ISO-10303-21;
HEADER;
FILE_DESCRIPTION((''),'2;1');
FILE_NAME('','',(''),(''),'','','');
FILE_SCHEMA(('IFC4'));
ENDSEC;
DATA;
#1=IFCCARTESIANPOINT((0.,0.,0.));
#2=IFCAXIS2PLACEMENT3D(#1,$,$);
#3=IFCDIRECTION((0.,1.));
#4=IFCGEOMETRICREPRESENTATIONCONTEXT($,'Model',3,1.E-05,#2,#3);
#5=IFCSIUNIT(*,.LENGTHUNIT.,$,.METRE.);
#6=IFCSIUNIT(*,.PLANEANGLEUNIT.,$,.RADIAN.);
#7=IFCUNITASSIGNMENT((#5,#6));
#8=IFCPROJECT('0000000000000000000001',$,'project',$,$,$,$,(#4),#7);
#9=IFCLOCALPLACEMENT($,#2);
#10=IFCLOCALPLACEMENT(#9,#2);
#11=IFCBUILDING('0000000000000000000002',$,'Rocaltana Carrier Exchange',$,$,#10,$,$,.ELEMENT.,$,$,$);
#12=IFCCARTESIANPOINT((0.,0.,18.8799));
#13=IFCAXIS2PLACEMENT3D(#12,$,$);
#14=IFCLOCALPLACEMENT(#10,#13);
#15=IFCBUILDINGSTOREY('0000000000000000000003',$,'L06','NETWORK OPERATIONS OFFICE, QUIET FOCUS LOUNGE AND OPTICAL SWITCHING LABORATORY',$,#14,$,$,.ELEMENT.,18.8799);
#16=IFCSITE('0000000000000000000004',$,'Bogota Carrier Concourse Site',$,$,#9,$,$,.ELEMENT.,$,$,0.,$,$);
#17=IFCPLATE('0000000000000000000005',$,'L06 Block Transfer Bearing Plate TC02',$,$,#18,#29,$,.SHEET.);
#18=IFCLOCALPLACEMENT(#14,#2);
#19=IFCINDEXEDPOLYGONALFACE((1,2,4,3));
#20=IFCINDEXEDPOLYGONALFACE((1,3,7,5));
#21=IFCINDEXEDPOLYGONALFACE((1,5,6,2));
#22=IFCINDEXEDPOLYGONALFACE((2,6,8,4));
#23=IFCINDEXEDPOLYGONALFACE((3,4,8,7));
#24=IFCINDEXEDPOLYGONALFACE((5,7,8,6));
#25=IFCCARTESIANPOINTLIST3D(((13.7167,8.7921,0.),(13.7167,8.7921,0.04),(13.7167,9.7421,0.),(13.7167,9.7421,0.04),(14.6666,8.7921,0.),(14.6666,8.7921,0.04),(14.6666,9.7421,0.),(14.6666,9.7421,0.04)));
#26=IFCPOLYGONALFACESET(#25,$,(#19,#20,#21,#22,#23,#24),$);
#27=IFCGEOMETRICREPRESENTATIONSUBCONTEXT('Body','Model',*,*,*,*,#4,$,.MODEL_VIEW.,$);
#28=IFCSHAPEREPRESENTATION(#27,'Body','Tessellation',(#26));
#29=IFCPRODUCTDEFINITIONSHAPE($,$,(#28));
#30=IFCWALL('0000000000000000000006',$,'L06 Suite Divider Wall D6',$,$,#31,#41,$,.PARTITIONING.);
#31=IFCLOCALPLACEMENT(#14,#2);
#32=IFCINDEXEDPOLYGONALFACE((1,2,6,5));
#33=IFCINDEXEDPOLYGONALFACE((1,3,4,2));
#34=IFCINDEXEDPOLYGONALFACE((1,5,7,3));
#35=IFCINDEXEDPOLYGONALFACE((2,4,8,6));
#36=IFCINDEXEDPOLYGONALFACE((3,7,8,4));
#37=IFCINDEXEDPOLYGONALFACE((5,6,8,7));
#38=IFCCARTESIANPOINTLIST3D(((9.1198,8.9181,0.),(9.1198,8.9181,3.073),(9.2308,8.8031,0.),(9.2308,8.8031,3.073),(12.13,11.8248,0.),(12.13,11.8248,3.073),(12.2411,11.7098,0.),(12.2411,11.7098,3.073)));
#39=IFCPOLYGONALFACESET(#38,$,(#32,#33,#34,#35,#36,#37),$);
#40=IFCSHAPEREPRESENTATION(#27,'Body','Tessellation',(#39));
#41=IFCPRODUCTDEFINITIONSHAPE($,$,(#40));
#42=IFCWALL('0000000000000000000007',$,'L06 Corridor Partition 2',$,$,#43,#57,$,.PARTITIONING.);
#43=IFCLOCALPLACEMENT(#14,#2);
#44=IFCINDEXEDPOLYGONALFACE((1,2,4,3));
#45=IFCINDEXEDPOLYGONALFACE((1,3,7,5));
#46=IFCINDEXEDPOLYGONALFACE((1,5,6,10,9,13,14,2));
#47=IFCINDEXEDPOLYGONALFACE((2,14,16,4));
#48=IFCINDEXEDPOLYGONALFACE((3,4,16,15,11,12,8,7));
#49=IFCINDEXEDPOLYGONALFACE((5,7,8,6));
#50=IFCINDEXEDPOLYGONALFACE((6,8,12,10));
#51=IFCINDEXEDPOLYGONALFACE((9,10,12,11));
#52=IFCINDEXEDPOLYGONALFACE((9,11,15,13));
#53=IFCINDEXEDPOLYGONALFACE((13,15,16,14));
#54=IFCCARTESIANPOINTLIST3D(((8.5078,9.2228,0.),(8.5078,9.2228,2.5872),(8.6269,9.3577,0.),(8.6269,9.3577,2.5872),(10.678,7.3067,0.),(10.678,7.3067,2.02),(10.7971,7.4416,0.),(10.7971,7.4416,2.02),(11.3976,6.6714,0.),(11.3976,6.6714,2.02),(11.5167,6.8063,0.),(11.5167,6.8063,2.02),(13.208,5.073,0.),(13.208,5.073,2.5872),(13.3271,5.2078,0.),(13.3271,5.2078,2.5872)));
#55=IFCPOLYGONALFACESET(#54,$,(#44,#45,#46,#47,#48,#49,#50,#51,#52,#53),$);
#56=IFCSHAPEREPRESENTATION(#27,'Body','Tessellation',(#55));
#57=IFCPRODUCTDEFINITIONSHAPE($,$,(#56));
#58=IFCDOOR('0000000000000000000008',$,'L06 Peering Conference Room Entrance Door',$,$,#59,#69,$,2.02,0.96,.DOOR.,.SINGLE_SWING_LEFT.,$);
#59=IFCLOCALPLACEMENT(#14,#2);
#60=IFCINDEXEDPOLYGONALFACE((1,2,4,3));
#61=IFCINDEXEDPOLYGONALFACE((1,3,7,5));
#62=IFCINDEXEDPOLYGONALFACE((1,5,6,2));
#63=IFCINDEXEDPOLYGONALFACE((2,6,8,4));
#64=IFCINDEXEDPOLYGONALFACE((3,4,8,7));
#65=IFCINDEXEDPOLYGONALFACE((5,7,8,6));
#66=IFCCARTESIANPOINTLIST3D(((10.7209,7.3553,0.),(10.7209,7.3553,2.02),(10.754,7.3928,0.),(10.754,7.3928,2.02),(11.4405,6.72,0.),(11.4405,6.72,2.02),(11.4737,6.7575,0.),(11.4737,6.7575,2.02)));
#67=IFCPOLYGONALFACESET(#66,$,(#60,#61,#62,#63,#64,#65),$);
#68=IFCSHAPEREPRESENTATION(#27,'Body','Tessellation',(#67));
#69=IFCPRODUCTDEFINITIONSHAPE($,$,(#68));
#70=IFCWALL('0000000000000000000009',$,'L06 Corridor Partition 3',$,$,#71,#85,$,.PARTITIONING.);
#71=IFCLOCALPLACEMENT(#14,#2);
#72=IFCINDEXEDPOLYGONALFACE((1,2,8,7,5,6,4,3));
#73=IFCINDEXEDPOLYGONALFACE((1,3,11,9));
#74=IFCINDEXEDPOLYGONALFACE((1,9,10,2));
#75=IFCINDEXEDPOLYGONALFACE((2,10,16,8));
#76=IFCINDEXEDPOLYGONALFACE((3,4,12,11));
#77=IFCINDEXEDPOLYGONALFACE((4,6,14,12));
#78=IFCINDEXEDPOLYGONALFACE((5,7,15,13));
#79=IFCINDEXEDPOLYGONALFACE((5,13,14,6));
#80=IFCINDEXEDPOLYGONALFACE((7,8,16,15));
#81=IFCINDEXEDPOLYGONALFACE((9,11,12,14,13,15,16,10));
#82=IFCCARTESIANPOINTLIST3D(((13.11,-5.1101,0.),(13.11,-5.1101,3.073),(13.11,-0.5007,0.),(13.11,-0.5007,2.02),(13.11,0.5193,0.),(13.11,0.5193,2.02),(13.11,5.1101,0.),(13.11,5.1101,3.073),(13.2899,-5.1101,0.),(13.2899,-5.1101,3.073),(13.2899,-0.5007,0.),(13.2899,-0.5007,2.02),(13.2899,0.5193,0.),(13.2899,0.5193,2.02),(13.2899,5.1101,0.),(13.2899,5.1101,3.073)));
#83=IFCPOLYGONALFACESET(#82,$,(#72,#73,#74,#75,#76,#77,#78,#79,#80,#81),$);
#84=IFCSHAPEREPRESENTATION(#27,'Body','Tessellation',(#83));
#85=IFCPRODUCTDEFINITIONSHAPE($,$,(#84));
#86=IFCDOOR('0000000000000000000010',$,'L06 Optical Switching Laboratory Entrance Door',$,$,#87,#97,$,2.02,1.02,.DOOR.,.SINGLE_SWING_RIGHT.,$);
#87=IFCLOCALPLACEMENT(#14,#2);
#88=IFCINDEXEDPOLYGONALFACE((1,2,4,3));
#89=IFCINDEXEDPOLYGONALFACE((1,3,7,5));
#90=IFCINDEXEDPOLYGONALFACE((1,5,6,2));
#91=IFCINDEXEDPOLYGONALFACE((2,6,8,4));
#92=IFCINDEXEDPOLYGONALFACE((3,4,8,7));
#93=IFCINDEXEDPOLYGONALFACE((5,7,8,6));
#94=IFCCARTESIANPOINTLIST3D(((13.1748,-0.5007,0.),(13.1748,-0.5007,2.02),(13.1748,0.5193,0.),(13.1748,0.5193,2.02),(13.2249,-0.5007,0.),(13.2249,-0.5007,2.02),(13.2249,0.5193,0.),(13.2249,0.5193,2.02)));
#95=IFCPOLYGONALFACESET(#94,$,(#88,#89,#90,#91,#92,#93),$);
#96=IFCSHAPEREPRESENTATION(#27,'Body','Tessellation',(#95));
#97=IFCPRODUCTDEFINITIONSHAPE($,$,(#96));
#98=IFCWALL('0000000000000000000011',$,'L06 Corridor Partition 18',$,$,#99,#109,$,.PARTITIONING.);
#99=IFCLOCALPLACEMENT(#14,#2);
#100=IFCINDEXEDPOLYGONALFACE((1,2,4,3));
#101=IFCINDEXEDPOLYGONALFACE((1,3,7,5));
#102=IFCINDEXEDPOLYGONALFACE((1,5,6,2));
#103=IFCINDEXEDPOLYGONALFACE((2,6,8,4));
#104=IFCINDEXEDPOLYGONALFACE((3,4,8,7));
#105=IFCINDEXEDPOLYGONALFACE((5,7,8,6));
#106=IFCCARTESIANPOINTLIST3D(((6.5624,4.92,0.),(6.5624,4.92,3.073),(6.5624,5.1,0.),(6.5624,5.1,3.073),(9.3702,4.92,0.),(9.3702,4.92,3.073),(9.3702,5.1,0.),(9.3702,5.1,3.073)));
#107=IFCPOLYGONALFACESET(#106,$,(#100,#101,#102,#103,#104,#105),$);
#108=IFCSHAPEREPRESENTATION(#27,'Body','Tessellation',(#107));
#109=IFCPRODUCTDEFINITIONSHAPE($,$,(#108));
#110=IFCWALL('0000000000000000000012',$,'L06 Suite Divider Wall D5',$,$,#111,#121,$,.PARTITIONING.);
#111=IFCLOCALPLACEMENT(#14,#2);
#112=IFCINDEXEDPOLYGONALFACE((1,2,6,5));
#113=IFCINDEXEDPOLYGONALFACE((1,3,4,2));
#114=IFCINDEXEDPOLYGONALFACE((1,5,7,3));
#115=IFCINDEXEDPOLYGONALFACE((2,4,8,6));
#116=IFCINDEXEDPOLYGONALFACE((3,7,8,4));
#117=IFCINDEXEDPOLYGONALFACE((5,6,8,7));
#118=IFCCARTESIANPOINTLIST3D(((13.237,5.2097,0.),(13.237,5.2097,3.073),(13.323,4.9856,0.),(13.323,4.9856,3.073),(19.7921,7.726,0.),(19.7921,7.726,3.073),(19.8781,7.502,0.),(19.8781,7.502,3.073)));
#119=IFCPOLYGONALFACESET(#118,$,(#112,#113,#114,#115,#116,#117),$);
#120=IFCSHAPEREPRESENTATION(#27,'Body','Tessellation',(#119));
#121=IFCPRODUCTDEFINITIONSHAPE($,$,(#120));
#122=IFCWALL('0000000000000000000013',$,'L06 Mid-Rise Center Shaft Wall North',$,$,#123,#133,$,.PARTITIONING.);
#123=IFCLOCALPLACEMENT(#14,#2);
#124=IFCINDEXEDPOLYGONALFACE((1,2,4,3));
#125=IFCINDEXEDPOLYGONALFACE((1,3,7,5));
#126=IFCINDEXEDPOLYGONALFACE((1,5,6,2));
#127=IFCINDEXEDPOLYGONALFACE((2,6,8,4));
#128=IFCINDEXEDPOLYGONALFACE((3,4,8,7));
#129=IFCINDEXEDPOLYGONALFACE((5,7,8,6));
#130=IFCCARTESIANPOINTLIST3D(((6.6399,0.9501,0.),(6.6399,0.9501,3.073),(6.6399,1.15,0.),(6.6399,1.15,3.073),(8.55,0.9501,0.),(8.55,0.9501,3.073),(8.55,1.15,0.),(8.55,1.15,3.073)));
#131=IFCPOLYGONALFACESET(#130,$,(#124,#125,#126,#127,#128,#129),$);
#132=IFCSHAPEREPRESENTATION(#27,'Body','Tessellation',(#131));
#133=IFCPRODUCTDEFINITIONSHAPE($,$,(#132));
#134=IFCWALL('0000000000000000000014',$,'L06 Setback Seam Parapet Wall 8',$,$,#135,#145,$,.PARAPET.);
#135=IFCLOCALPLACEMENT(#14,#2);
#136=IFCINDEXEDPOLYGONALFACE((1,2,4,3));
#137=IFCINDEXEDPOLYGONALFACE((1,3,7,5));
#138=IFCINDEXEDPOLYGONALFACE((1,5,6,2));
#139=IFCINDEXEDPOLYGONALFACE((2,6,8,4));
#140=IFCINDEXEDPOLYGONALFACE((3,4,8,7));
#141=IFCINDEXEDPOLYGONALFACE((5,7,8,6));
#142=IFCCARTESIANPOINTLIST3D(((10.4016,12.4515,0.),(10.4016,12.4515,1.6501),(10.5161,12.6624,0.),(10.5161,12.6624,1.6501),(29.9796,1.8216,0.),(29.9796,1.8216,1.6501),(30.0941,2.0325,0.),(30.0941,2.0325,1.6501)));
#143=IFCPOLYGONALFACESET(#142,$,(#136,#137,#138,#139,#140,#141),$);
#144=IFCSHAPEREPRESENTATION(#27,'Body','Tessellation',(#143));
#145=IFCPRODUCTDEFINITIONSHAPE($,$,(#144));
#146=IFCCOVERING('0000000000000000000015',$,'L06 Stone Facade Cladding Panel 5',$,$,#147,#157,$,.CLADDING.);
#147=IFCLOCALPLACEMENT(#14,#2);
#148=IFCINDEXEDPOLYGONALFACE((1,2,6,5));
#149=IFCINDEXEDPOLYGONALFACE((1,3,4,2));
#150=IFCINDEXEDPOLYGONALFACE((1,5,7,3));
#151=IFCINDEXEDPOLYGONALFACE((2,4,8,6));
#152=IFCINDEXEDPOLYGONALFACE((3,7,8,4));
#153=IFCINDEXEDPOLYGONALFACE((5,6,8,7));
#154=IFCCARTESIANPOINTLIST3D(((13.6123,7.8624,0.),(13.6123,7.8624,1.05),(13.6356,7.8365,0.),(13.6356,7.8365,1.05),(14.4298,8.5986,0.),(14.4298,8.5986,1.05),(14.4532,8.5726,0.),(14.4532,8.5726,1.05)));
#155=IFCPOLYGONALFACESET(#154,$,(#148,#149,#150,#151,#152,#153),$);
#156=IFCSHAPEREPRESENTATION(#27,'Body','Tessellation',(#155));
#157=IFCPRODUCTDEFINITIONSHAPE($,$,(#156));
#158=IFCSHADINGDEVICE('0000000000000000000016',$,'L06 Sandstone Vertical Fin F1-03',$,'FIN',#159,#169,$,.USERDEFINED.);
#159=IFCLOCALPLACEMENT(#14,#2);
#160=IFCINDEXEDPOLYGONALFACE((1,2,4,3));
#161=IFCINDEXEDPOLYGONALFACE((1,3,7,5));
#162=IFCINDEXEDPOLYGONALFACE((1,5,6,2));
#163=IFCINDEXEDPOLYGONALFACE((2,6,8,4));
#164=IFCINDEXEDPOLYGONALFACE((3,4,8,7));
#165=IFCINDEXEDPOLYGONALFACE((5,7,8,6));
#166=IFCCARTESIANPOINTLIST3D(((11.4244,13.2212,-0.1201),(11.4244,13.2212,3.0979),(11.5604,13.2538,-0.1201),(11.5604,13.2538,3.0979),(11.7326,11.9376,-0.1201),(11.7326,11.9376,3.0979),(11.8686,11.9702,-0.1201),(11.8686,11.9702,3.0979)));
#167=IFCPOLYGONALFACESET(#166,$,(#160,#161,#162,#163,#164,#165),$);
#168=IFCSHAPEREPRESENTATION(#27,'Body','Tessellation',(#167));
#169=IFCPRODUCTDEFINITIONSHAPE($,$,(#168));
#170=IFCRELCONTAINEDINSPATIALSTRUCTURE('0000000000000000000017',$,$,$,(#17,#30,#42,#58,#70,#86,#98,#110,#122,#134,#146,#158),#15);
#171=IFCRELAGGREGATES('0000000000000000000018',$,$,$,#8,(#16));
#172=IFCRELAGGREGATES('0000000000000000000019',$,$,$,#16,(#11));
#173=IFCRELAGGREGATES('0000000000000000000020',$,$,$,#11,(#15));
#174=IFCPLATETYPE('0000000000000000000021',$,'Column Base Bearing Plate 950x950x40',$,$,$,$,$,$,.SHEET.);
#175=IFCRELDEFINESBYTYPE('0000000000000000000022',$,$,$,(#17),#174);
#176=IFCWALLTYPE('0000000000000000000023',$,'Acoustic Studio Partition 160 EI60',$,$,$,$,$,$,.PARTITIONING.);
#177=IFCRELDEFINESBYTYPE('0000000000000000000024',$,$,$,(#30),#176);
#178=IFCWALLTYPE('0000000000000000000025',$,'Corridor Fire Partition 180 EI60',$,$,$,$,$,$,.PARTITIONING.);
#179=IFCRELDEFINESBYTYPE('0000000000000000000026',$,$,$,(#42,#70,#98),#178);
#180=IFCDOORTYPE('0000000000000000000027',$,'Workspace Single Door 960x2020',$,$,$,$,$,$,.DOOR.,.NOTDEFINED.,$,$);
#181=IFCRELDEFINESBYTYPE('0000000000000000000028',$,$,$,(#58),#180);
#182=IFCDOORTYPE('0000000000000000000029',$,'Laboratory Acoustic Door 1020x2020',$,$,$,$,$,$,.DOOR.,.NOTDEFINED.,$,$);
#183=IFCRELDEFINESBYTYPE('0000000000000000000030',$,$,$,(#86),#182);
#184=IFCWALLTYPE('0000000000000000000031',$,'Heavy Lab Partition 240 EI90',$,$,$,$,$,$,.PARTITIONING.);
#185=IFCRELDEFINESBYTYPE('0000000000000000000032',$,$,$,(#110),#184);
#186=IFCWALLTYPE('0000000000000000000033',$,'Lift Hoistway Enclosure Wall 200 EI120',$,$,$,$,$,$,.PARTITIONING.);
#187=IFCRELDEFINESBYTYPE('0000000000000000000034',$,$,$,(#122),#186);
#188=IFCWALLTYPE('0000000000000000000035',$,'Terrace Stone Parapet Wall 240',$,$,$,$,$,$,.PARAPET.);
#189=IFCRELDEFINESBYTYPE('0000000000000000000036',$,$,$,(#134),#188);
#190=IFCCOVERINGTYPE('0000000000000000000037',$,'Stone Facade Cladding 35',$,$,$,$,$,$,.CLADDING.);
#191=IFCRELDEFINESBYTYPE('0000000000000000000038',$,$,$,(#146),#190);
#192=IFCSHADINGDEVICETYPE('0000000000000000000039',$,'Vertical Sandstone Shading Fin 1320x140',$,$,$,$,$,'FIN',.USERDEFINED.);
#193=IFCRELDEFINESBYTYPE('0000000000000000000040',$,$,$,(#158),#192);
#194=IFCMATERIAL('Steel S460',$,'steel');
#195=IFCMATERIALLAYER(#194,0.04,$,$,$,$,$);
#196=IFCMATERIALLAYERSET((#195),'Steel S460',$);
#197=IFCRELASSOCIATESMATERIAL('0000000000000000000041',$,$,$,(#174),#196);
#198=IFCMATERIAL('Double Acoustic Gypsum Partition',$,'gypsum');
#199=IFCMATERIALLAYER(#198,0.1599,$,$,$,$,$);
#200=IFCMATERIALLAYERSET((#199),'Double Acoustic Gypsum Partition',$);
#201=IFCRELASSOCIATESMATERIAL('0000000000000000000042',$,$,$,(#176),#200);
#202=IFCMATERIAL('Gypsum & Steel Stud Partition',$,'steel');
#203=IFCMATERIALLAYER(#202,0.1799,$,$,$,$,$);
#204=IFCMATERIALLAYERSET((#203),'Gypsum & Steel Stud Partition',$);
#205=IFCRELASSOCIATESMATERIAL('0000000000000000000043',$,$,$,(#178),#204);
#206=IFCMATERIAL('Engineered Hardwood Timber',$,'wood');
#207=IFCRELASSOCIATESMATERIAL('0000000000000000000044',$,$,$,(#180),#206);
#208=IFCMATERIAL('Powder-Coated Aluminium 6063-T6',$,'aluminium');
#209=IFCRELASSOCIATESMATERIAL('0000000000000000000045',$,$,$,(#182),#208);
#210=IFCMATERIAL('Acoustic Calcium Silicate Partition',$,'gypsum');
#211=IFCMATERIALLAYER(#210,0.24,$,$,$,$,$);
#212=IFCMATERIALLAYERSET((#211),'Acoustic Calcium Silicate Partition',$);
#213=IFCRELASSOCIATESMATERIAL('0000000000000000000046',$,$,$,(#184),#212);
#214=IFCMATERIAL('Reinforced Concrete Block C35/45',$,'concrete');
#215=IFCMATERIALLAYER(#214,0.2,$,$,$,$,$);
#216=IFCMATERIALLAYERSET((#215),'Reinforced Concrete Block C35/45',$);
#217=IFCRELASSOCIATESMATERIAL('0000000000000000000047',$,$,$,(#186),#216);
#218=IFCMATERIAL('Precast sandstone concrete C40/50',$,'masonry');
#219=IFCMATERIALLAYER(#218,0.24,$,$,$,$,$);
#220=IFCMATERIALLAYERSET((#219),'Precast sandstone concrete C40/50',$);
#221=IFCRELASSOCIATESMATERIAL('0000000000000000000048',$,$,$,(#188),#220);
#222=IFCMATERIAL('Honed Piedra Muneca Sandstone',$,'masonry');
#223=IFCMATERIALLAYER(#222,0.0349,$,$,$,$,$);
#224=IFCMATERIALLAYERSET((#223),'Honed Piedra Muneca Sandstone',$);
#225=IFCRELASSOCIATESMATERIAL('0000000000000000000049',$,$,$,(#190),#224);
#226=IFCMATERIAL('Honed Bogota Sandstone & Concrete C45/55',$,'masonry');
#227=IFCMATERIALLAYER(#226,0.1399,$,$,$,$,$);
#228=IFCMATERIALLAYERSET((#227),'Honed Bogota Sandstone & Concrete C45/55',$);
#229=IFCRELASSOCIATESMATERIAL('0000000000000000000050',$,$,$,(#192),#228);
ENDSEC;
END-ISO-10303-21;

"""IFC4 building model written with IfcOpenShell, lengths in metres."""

from ifc_helpers import new_model, si_unit, direction, frame, frame_2d, origin, origin_2d, place, context, subcontext, project, spatial, rectangle, extrude, material, layer, layer_set, type_object, element, fill, save


model = new_model("IFC4")

# Units and contexts
model_context = context("Model", 3, precision=1e-05, world=origin(), true_north=direction((0.0, 1.0)))
body_context = subcontext(model_context, "Body", "Model", "MODEL_VIEW")
ifc_project = project(units=[si_unit("LENGTHUNIT", "METRE"), si_unit("PLANEANGLEUNIT", "RADIAN")], contexts=[model_context])

# Site, building, storey
site_placement = place(None, origin())
site = spatial("IfcSite", under=ifc_project, at=site_placement, Name="Bogota Carrier Concourse Site", CompositionType="ELEMENT", RefElevation=0.0)
building_placement = place(site_placement, origin())
building = spatial("IfcBuilding", under=site, at=building_placement, Name="Rocaltana Carrier Exchange", CompositionType="ELEMENT")
storey_placement = place(building_placement, frame((0.0, 0.0, 18.8799)))
storey = spatial("IfcBuildingStorey", under=building, at=storey_placement, Name="L06", Description="NETWORK OPERATIONS OFFICE, QUIET FOCUS LOUNGE AND OPTICAL SWITCHING LABORATORY", CompositionType="ELEMENT", Elevation=18.8799)

# Plate
ifc_material_1 = material(Name="Steel S460", Category="steel")
ifc_layer_1 = layer(ifc_material_1, 0.04)
ifc_layer_set_1 = layer_set([ifc_layer_1], Name="Steel S460")
plate_type = type_object("IfcPlateType", Name="Column Base Bearing Plate 950x950x40", PredefinedType="SHEET", material=ifc_layer_set_1)
plate_placement = place(storey_placement, frame((14.1917, 9.2671, 0.0), z_axis=(0.0, 0.0, 1.0), x_axis=(1.0, 0.0, 0.0)))
element("IfcPlate", 1, at=plate_placement, inside=storey, type_object=plate_type, Name="L06 Block Transfer Bearing Plate TC02", PredefinedType="SHEET", context=body_context, shape_type="SweptSolid", body=[
    extrude(rectangle(XDim=0.95, YDim=0.95, at=origin_2d()), origin(), (0.0, 0.0, 1.0), 0.04),
])

# Wall
ifc_material_2 = material(Name="Double Acoustic Gypsum Partition", Category="gypsum")
ifc_layer_2 = layer(ifc_material_2, 0.1599)
ifc_layer_set_2 = layer_set([ifc_layer_2], Name="Double Acoustic Gypsum Partition")
wall_type_1 = type_object("IfcWallType", Name="Acoustic Studio Partition 160 EI60", PredefinedType="PARTITIONING", material=ifc_layer_set_2)
wall_1_placement = place(storey_placement, frame((9.1753, 8.8606, 0.0), z_axis=(0.0, 0.0, 1.0), x_axis=(0.719367, 0.69463, 0.0)))
element("IfcWall", 2, at=wall_1_placement, inside=storey, type_object=wall_type_1, Name="L06 Suite Divider Wall D6", PredefinedType="PARTITIONING", context=body_context, shape_type="SweptSolid", body=[
    extrude(rectangle(XDim=4.1846, YDim=0.1599, at=frame_2d((2.0923, 0.0))), origin(), (0.0, 0.0, 1.0), 3.073),
])

# Walls, openings, doors
ifc_material_3 = material(Name="Gypsum & Steel Stud Partition", Category="steel")
ifc_layer_3 = layer(ifc_material_3, 0.1799)
ifc_layer_set_3 = layer_set([ifc_layer_3], Name="Gypsum & Steel Stud Partition")
wall_type_2 = type_object("IfcWallType", Name="Corridor Fire Partition 180 EI60", PredefinedType="PARTITIONING", material=ifc_layer_set_3)
wall_2_placement = place(storey_placement, frame((8.5674, 9.2903, 0.0), z_axis=(0.0, 0.0, 1.0), x_axis=(0.749626, -0.661861, 0.0)))
wall_2 = element("IfcWall", 3, at=wall_2_placement, inside=storey, type_object=wall_type_2, Name="L06 Corridor Partition 2", PredefinedType="PARTITIONING", context=body_context, shape_type="SweptSolid", body=[
    extrude(rectangle(XDim=6.27, YDim=0.1799, at=frame_2d((3.135, 0.0))), origin(), (0.0, 0.0, 1.0), 2.5872),
])
opening_1_placement = place(wall_2_placement, frame((2.895, 0.0, 0.0)))
opening_1 = element("IfcOpeningElement", 4, at=opening_1_placement, cuts=wall_2, PredefinedType="OPENING", context=body_context, shape_type="SweptSolid", body=[
    extrude(rectangle(XDim=0.96, YDim=2.02, at=frame_2d((0.48, 1.01))), frame((0.0, 0.0999, 0.0), z_axis=(0.0, -1.0, 0.0), x_axis=(1.0, 0.0, 0.0)), (0.0, 0.0, 1.0), 0.2),
])
ifc_material_4 = material(Name="Engineered Hardwood Timber", Category="wood")
door_type_1 = type_object("IfcDoorType", Name="Workspace Single Door 960x2020", OperationType="NOTDEFINED", PredefinedType="DOOR", material=ifc_material_4)
door_1_placement = place(opening_1_placement, origin())
door_1 = element("IfcDoor", 5, at=door_1_placement, inside=storey, type_object=door_type_1, Name="L06 Peering Conference Room Entrance Door", OperationType="SINGLE_SWING_LEFT", OverallHeight=2.02, OverallWidth=0.96, PredefinedType="DOOR", context=body_context, shape_type="SweptSolid", body=[
    extrude(rectangle(XDim=0.96, YDim=2.02, at=frame_2d((0.48, 1.01))), frame((0.0, 0.0249, 0.0), z_axis=(0.0, -1.0, 0.0), x_axis=(1.0, 0.0, 0.0)), (0.0, 0.0, 1.0), 0.05),
])
fill(opening_1, door_1)
wall_3_placement = place(storey_placement, frame((13.2, 5.1101, 0.0), z_axis=(0.0, 0.0, 1.0), x_axis=(0.0, -1.0, 0.0)))
wall_3 = element("IfcWall", 6, at=wall_3_placement, inside=storey, type_object=wall_type_2, Name="L06 Corridor Partition 3", PredefinedType="PARTITIONING", context=body_context, shape_type="SweptSolid", body=[
    extrude(rectangle(XDim=10.2202, YDim=0.1799, at=frame_2d((5.1101, 0.0))), origin(), (0.0, 0.0, 1.0), 3.073),
])
opening_2_placement = place(wall_3_placement, frame((4.5908, 0.0, 0.0)))
opening_2 = element("IfcOpeningElement", 7, at=opening_2_placement, cuts=wall_3, PredefinedType="OPENING", context=body_context, shape_type="SweptSolid", body=[
    extrude(rectangle(XDim=1.02, YDim=2.02, at=frame_2d((0.51, 1.01))), frame((0.0, 0.0999, 0.0), z_axis=(0.0, -1.0, 0.0), x_axis=(1.0, 0.0, 0.0)), (0.0, 0.0, 1.0), 0.2),
])
ifc_material_5 = material(Name="Powder-Coated Aluminium 6063-T6", Category="aluminium")
door_type_2 = type_object("IfcDoorType", Name="Laboratory Acoustic Door 1020x2020", OperationType="NOTDEFINED", PredefinedType="DOOR", material=ifc_material_5)
door_2_placement = place(opening_2_placement, origin())
door_2 = element("IfcDoor", 8, at=door_2_placement, inside=storey, type_object=door_type_2, Name="L06 Optical Switching Laboratory Entrance Door", OperationType="SINGLE_SWING_RIGHT", OverallHeight=2.02, OverallWidth=1.02, PredefinedType="DOOR", context=body_context, shape_type="SweptSolid", body=[
    extrude(rectangle(XDim=1.02, YDim=2.02, at=frame_2d((0.51, 1.01))), frame((0.0, 0.0249, 0.0), z_axis=(0.0, -1.0, 0.0), x_axis=(1.0, 0.0, 0.0)), (0.0, 0.0, 1.0), 0.05),
])
fill(opening_2, door_2)

# Walls
wall_4_placement = place(storey_placement, frame((9.3701, 5.01, 0.0), z_axis=(0.0, 0.0, 1.0), x_axis=(-1.0, 0.0, 0.0)))
element("IfcWall", 9, at=wall_4_placement, inside=storey, type_object=wall_type_2, Name="L06 Corridor Partition 18", PredefinedType="PARTITIONING", context=body_context, shape_type="SweptSolid", body=[
    extrude(rectangle(XDim=2.8079, YDim=0.1799, at=frame_2d((1.4038, 0.0))), origin(), (0.0, 0.0, 1.0), 3.073),
])
ifc_material_6 = material(Name="Acoustic Calcium Silicate Partition", Category="gypsum")
ifc_layer_4 = layer(ifc_material_6, 0.24)
ifc_layer_set_4 = layer_set([ifc_layer_4], Name="Acoustic Calcium Silicate Partition")
wall_type_3 = type_object("IfcWallType", Name="Heavy Lab Partition 240 EI90", PredefinedType="PARTITIONING", material=ifc_layer_set_4)
wall_5_placement = place(storey_placement, frame((13.28, 5.0977, 0.0), z_axis=(0.0, 0.0, 1.0), x_axis=(0.933578, 0.358376, 0.0)))
element("IfcWall", 10, at=wall_5_placement, inside=storey, type_object=wall_type_3, Name="L06 Suite Divider Wall D5", PredefinedType="PARTITIONING", context=body_context, shape_type="SweptSolid", body=[
    extrude(rectangle(XDim=7.0215, YDim=0.24, at=frame_2d((3.5107, 0.0))), origin(), (0.0, 0.0, 1.0), 3.073),
])
ifc_material_7 = material(Name="Reinforced Concrete Block C35/45", Category="concrete")
ifc_layer_5 = layer(ifc_material_7, 0.2)
ifc_layer_set_5 = layer_set([ifc_layer_5], Name="Reinforced Concrete Block C35/45")
wall_type_4 = type_object("IfcWallType", Name="Lift Hoistway Enclosure Wall 200 EI120", PredefinedType="PARTITIONING", material=ifc_layer_set_5)
wall_6_placement = place(storey_placement, frame((6.6399, 1.05, 0.0), z_axis=(0.0, 0.0, 1.0), x_axis=(1.0, 0.0, 0.0)))
element("IfcWall", 11, at=wall_6_placement, inside=storey, type_object=wall_type_4, Name="L06 Mid-Rise Center Shaft Wall North", PredefinedType="PARTITIONING", context=body_context, shape_type="SweptSolid", body=[
    extrude(rectangle(XDim=1.9102, YDim=0.2, at=frame_2d((0.9551, 0.0))), origin(), (0.0, 0.0, 1.0), 3.073),
])
ifc_material_8 = material(Name="Precast sandstone concrete C40/50", Category="masonry")
ifc_layer_6 = layer(ifc_material_8, 0.24)
ifc_layer_set_6 = layer_set([ifc_layer_6], Name="Precast sandstone concrete C40/50")
wall_type_5 = type_object("IfcWallType", Name="Terrace Stone Parapet Wall 240", PredefinedType="PARAPET", material=ifc_layer_set_6)
wall_7_placement = place(storey_placement, frame((10.459, 12.5569, 0.0), z_axis=(0.0, 0.0, 1.0), x_axis=(0.878818, -0.477157, 0.0)))
element("IfcWall", 12, at=wall_7_placement, inside=storey, type_object=wall_type_5, Name="L06 Setback Seam Parapet Wall 8", PredefinedType="PARAPET", context=body_context, shape_type="SweptSolid", body=[
    extrude(rectangle(XDim=22.2776, YDim=0.24, at=frame_2d((11.1387, 0.0))), origin(), (0.0, 0.0, 1.0), 1.6501),
])

# Covering
ifc_material_9 = material(Name="Honed Piedra Muneca Sandstone", Category="masonry")
ifc_layer_7 = layer(ifc_material_9, 0.0349)
ifc_layer_set_7 = layer_set([ifc_layer_7], Name="Honed Piedra Muneca Sandstone")
covering_type = type_object("IfcCoveringType", Name="Stone Facade Cladding 35", PredefinedType="CLADDING", material=ifc_layer_set_7)
covering_placement = place(storey_placement, frame((14.0327, 8.2175, 0.0), z_axis=(0.0, 0.0, 1.0), x_axis=(0.743145, 0.669131, 0.0)))
element("IfcCovering", 13, at=covering_placement, inside=storey, type_object=covering_type, Name="L06 Stone Facade Cladding Panel 5", PredefinedType="CLADDING", context=body_context, shape_type="SweptSolid", body=[
    extrude(rectangle(XDim=1.1001, YDim=0.0349, at=origin_2d()), origin(), (0.0, 0.0, 1.0), 1.05),
])

# Shading device
ifc_material_10 = material(Name="Honed Bogota Sandstone & Concrete C45/55", Category="masonry")
ifc_layer_8 = layer(ifc_material_10, 0.1399)
ifc_layer_set_8 = layer_set([ifc_layer_8], Name="Honed Bogota Sandstone & Concrete C45/55")
shading_device_type = type_object("IfcShadingDeviceType", Name="Vertical Sandstone Shading Fin 1320x140", ElementType="FIN", PredefinedType="USERDEFINED", material=ifc_layer_set_8)
shading_device_placement = place(storey_placement, frame((11.6465, 12.5957, -0.1201), z_axis=(0.0, 0.0, 1.0), x_axis=(-0.233445, 0.97237, 0.0)))
element("IfcShadingDevice", 14, at=shading_device_placement, inside=storey, type_object=shading_device_type, Name="L06 Sandstone Vertical Fin F1-03", ObjectType="FIN", PredefinedType="USERDEFINED", context=body_context, shape_type="SweptSolid", body=[
    extrude(rectangle(XDim=1.3201, YDim=0.1399, at=origin_2d()), origin(), (0.0, 0.0, 1.0), 3.218),
])

save(model, "model.ifc")
